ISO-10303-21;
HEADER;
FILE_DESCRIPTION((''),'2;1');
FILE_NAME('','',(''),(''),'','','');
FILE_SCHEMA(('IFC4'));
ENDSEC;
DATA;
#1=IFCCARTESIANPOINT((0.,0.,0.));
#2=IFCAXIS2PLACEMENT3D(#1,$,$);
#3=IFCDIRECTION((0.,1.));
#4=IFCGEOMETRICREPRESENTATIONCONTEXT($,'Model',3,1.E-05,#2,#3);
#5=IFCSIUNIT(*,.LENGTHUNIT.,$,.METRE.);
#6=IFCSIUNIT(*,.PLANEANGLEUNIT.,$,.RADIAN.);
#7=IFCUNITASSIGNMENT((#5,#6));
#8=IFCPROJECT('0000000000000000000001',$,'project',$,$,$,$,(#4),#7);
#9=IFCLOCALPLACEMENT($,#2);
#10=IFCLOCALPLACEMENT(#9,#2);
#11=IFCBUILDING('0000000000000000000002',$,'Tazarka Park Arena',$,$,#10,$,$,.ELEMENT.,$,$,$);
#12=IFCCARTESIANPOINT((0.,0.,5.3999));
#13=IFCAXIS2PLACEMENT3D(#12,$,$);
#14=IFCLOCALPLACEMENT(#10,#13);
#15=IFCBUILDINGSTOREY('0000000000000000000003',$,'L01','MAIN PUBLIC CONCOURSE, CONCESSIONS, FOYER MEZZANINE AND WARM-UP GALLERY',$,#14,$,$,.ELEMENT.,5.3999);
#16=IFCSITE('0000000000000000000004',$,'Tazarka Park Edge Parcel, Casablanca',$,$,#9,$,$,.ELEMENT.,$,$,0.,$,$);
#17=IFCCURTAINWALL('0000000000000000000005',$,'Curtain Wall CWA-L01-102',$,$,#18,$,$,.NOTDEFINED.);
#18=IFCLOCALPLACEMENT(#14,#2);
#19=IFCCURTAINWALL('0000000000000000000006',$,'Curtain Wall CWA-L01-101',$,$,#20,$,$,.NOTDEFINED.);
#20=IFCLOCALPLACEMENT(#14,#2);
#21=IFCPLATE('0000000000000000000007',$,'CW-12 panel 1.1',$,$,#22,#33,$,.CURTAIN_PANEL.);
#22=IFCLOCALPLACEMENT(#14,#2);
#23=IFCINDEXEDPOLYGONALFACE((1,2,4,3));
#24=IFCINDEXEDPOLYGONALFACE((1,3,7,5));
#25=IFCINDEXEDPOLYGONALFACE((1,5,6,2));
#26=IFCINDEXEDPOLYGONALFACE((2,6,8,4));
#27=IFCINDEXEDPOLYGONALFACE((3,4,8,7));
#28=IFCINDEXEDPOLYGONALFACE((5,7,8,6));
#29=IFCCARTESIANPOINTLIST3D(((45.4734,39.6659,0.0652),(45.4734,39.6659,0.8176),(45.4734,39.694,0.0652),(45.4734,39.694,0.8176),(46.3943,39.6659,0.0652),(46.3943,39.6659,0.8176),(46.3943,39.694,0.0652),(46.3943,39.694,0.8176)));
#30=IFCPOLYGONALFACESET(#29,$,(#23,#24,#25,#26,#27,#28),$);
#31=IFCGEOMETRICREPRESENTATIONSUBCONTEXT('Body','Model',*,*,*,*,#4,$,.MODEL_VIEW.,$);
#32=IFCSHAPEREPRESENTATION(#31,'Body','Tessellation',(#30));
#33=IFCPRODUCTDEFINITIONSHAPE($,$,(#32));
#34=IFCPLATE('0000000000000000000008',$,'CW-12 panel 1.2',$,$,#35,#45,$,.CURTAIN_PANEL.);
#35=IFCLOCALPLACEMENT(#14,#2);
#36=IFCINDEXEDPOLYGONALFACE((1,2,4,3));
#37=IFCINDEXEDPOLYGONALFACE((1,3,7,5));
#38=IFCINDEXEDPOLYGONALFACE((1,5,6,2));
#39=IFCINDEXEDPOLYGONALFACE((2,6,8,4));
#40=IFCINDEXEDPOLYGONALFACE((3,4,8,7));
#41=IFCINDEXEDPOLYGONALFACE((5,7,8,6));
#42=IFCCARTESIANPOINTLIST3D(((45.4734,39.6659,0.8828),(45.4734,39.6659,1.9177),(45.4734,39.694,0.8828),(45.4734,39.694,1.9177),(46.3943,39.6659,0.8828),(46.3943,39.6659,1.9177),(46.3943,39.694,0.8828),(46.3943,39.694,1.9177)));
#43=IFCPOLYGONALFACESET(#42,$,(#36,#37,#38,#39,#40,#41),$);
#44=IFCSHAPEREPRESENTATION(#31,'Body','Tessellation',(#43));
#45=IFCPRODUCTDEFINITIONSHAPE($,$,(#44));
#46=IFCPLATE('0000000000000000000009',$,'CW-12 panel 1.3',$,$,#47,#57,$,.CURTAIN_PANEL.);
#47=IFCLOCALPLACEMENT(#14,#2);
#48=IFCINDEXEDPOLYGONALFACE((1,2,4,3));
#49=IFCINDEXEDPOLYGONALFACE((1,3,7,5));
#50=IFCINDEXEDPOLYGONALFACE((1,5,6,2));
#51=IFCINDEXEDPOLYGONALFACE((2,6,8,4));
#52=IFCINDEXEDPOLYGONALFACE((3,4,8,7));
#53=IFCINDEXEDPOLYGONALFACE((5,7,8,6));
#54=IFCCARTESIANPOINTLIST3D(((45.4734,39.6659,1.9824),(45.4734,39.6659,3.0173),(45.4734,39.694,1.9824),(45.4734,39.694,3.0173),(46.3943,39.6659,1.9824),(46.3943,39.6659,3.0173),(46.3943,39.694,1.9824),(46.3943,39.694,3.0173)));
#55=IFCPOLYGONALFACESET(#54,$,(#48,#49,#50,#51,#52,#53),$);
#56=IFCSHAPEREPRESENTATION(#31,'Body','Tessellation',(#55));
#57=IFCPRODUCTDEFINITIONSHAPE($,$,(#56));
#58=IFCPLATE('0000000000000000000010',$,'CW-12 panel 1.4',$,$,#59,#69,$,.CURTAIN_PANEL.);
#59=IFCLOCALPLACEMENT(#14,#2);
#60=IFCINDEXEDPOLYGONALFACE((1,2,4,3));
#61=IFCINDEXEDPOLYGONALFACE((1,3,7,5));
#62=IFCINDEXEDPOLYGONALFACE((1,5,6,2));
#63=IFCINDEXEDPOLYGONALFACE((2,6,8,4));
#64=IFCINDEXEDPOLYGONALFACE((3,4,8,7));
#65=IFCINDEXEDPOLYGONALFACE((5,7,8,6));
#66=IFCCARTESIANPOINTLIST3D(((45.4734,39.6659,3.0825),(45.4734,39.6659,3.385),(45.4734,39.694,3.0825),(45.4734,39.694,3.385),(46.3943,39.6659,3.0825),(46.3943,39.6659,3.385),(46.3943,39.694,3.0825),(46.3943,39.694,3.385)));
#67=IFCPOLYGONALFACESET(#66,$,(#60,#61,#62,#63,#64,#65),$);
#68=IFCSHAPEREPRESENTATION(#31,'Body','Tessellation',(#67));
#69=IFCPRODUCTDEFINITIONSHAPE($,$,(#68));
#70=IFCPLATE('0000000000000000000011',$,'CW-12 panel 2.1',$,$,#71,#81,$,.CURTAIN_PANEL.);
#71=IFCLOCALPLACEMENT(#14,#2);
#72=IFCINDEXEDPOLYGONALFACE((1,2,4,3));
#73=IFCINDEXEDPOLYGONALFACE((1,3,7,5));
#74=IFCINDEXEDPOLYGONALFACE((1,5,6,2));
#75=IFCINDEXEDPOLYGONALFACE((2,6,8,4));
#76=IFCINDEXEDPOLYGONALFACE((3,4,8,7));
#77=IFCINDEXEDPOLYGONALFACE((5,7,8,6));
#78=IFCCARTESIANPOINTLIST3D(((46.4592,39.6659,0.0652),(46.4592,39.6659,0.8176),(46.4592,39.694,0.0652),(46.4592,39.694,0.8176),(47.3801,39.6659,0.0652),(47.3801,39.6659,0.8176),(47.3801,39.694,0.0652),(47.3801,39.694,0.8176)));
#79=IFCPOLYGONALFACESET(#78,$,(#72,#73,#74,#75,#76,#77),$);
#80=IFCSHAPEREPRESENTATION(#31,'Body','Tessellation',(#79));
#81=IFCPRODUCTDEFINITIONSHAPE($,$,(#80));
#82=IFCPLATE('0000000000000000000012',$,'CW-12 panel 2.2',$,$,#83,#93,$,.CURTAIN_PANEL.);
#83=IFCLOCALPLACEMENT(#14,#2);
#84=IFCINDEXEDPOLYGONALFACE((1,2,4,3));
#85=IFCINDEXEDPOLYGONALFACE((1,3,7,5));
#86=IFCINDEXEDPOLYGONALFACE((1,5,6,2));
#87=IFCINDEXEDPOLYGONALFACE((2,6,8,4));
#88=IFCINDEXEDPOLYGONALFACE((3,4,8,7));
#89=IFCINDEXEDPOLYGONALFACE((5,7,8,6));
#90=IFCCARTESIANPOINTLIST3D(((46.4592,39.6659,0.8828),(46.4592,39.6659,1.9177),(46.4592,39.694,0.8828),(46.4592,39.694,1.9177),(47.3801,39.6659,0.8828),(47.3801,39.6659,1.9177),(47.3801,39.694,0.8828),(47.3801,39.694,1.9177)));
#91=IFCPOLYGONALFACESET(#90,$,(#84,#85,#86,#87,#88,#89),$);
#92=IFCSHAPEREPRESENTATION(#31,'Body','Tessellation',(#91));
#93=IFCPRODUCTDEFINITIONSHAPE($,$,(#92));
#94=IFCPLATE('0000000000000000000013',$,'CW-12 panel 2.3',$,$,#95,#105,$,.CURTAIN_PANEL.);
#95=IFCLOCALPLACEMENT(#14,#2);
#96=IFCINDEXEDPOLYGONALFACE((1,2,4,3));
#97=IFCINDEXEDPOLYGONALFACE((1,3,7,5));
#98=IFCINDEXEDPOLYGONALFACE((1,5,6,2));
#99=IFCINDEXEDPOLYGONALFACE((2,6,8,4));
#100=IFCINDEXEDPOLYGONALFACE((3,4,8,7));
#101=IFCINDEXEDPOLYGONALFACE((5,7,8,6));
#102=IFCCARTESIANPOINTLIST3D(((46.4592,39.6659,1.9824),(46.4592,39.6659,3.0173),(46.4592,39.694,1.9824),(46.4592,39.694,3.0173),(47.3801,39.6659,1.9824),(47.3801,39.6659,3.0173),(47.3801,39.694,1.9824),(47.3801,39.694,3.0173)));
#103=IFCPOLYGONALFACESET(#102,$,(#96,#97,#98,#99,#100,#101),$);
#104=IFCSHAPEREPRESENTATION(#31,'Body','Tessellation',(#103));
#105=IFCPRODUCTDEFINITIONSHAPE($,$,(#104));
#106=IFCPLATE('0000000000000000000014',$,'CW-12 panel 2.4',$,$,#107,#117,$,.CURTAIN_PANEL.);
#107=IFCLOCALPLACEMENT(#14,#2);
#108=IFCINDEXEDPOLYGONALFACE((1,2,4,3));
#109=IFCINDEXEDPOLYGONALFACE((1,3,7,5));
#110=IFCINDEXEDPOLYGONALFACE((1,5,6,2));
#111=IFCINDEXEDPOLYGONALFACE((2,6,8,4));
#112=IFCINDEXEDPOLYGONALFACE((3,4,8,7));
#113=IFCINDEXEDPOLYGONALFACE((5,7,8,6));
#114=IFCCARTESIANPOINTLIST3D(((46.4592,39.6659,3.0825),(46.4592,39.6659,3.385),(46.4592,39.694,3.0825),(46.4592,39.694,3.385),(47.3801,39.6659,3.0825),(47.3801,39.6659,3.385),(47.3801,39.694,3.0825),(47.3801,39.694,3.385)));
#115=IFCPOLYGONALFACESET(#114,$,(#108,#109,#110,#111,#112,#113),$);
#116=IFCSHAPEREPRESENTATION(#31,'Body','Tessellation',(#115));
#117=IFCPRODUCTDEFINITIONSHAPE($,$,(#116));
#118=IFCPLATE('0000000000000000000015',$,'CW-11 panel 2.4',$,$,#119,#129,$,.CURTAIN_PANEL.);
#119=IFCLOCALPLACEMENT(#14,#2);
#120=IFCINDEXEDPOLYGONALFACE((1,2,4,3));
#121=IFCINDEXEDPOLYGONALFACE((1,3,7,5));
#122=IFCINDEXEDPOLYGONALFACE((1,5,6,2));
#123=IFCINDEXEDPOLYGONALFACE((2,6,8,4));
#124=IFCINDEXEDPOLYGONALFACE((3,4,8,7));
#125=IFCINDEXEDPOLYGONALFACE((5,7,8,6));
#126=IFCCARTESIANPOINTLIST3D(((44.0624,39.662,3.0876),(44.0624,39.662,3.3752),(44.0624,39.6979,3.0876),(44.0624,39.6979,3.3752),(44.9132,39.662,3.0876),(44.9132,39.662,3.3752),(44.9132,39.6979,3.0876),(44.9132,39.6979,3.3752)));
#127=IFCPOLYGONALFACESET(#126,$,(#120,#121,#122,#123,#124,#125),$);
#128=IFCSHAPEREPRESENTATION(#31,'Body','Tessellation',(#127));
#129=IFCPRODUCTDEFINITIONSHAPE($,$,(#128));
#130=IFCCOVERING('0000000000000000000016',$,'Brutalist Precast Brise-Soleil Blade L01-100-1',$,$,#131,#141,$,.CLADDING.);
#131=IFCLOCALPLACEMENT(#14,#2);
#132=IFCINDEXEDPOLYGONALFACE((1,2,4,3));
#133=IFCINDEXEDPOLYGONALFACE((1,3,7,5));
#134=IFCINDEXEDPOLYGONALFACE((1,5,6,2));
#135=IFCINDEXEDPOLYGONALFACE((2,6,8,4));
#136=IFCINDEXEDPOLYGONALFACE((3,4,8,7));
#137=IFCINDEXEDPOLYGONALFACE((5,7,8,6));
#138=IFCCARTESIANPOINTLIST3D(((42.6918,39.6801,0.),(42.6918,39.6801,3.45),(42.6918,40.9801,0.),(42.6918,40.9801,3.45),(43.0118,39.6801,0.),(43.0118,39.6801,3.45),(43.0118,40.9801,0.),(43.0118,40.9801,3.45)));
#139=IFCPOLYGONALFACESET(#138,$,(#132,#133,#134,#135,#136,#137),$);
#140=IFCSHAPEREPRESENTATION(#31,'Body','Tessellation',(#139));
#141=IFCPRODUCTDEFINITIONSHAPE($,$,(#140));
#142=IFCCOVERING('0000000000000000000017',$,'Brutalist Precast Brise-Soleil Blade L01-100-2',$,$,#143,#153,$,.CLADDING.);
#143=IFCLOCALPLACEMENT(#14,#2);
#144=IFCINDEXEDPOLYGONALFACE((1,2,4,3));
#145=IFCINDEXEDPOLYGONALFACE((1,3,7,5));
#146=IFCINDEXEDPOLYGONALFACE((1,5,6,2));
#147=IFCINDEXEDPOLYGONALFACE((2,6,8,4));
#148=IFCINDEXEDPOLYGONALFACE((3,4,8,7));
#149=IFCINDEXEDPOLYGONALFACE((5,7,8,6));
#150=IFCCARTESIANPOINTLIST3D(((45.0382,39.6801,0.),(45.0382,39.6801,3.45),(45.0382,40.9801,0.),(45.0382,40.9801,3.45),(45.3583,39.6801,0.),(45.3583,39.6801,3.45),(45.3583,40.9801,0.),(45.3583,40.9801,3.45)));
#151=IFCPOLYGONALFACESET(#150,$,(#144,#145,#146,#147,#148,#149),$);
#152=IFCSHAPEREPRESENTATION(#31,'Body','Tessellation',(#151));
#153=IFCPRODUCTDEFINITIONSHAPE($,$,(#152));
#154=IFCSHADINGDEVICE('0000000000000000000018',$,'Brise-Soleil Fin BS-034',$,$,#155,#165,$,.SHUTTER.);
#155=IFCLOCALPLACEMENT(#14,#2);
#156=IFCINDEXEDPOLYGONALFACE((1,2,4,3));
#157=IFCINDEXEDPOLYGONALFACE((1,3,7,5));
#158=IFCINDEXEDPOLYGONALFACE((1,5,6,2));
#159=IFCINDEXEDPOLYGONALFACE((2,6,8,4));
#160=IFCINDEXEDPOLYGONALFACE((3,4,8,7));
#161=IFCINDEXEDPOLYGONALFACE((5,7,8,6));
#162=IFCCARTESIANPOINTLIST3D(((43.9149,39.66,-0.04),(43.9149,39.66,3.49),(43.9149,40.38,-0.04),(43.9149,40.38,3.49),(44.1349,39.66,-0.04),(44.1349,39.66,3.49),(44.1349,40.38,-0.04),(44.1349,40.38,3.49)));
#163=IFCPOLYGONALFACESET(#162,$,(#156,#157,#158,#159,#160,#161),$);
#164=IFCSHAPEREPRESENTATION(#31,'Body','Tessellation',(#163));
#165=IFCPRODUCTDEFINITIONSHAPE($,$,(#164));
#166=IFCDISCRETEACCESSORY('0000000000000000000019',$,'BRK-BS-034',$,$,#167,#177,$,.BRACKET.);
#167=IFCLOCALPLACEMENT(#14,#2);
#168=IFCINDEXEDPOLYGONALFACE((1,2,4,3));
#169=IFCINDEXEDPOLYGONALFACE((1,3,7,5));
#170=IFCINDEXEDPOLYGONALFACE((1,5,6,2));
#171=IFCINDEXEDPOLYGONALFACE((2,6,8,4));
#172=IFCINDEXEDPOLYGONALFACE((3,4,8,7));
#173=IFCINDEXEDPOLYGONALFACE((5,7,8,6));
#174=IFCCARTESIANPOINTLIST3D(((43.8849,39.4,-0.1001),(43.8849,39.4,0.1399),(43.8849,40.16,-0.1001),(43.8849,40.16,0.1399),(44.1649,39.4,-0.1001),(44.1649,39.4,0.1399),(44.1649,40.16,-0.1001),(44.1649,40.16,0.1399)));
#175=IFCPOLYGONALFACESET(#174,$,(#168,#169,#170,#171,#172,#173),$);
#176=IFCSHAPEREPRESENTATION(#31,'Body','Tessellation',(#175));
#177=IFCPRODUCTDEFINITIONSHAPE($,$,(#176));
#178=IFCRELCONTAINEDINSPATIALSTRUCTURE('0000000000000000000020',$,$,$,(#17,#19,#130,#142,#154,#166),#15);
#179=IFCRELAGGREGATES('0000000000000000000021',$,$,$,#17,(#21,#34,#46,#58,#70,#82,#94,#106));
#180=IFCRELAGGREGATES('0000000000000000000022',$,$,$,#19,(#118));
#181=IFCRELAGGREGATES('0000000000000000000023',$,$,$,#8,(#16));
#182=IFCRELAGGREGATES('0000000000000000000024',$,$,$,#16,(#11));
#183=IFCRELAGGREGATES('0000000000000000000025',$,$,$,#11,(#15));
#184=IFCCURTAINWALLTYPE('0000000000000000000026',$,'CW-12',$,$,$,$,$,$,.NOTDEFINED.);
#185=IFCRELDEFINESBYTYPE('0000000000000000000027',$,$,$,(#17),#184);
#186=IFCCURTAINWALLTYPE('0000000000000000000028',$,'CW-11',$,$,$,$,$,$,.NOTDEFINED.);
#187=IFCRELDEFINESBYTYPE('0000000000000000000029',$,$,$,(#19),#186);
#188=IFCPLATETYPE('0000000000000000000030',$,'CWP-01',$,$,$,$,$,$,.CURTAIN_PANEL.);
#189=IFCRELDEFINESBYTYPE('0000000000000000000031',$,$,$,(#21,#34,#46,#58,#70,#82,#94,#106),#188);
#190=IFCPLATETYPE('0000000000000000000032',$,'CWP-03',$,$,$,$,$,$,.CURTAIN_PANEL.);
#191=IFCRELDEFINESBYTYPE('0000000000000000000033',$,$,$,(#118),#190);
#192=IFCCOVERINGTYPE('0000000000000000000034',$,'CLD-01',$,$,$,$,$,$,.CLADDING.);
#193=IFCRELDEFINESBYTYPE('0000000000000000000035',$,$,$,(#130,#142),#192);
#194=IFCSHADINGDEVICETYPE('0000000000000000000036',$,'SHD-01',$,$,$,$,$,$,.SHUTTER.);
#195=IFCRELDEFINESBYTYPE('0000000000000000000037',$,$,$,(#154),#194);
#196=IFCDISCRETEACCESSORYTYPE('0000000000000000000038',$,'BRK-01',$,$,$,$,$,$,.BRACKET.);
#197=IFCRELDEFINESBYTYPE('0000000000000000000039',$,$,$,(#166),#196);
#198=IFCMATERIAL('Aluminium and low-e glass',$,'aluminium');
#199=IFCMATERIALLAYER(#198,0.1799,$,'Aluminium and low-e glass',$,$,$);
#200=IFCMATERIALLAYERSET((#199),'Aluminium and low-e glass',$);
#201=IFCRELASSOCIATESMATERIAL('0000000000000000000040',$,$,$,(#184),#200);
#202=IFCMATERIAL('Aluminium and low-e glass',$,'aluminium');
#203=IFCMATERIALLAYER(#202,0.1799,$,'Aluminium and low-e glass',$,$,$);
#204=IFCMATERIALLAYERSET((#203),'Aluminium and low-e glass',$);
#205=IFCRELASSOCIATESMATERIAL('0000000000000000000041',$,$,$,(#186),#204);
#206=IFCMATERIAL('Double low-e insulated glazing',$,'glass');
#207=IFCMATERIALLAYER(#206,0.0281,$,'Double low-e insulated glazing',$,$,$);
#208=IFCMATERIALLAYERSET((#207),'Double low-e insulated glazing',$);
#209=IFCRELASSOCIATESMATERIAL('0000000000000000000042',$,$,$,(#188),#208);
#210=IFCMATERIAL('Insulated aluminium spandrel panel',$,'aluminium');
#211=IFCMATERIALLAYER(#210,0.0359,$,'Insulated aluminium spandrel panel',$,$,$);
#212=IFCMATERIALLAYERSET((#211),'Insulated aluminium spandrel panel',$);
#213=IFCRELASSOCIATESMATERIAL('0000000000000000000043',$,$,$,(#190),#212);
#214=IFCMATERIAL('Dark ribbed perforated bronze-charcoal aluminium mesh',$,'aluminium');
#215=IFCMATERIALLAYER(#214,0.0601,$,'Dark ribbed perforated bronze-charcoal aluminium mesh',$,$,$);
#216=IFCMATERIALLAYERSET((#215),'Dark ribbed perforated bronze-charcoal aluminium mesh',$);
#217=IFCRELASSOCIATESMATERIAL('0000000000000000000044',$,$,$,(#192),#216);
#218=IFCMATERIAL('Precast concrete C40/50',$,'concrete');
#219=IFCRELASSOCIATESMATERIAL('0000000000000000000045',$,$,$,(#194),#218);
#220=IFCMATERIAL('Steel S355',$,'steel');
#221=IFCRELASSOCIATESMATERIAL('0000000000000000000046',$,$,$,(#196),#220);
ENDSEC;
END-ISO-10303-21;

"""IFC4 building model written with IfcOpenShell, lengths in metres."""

from ifc_helpers import new_model, si_unit, direction, frame, origin, origin_2d, place, context, subcontext, project, spatial, rectangle, extrude, material, layer, layer_set, type_object, element, aggregate, save


model = new_model("IFC4")

# Units and contexts
model_context = context("Model", 3, precision=1e-05, world=origin(), true_north=direction((0.0, 1.0)))
body_context = subcontext(model_context, "Body", "Model", "MODEL_VIEW")
ifc_project = project(units=[si_unit("LENGTHUNIT", "METRE"), si_unit("PLANEANGLEUNIT", "RADIAN")], contexts=[model_context])

# Site, building, storey
site_placement = place(None, origin())
site = spatial("IfcSite", under=ifc_project, at=site_placement, Name="Tazarka Park Edge Parcel, Casablanca", CompositionType="ELEMENT", RefElevation=0.0)
building_placement = place(site_placement, origin())
building = spatial("IfcBuilding", under=site, at=building_placement, Name="Tazarka Park Arena", CompositionType="ELEMENT")
storey_placement = place(building_placement, frame((0.0, 0.0, 5.3999)))
storey = spatial("IfcBuildingStorey", under=building, at=storey_placement, Name="L01", Description="MAIN PUBLIC CONCOURSE, CONCESSIONS, FOYER MEZZANINE AND WARM-UP GALLERY", CompositionType="ELEMENT", Elevation=5.3999)

# Curtain wall
ifc_material_1 = material(Name="Aluminium and low-e glass", Category="aluminium")
ifc_layer_1 = layer(ifc_material_1, 0.1799, Name="Aluminium and low-e glass")
ifc_layer_set_1 = layer_set([ifc_layer_1], Name="Aluminium and low-e glass")
curtain_wall_type_1 = type_object("IfcCurtainWallType", Name="CW-12", PredefinedType="NOTDEFINED", material=ifc_layer_set_1)
curtain_wall_1_placement = place(storey_placement, origin())
curtain_wall_1 = element("IfcCurtainWall", 1, at=curtain_wall_1_placement, inside=storey, type_object=curtain_wall_type_1, Name="Curtain Wall CWA-L01-102", PredefinedType="NOTDEFINED")

# Curtain wall
ifc_material_2 = material(Name="Aluminium and low-e glass", Category="aluminium")
ifc_layer_2 = layer(ifc_material_2, 0.1799, Name="Aluminium and low-e glass")
ifc_layer_set_2 = layer_set([ifc_layer_2], Name="Aluminium and low-e glass")
curtain_wall_type_2 = type_object("IfcCurtainWallType", Name="CW-11", PredefinedType="NOTDEFINED", material=ifc_layer_set_2)
curtain_wall_2_placement = place(storey_placement, origin())
curtain_wall_2 = element("IfcCurtainWall", 2, at=curtain_wall_2_placement, inside=storey, type_object=curtain_wall_type_2, Name="Curtain Wall CWA-L01-101", PredefinedType="NOTDEFINED")

# Plates
ifc_material_3 = material(Name="Double low-e insulated glazing", Category="glass")
ifc_layer_3 = layer(ifc_material_3, 0.0281, Name="Double low-e insulated glazing")
ifc_layer_set_3 = layer_set([ifc_layer_3], Name="Double low-e insulated glazing")
plate_type_1 = type_object("IfcPlateType", Name="CWP-01", PredefinedType="CURTAIN_PANEL", material=ifc_layer_set_3)
plate_1_placement = place(storey_placement, frame((45.9338, 39.6799, 0.0652), z_axis=(0.0, 0.0, 1.0), x_axis=(1.0, 0.0, 0.0)))
plate_1 = element("IfcPlate", 3, at=plate_1_placement, type_object=plate_type_1, Name="CW-12 panel 1.1", PredefinedType="CURTAIN_PANEL", context=body_context, shape_type="SweptSolid", body=[
    extrude(rectangle(XDim=0.9209, YDim=0.0281, at=origin_2d()), origin(), (0.0, 0.0, 1.0), 0.7524),
])
plate_2_placement = place(storey_placement, frame((45.9338, 39.6799, 0.8828), z_axis=(0.0, 0.0, 1.0), x_axis=(1.0, 0.0, 0.0)))
plate_2 = element("IfcPlate", 4, at=plate_2_placement, type_object=plate_type_1, Name="CW-12 panel 1.2", PredefinedType="CURTAIN_PANEL", context=body_context, shape_type="SweptSolid", body=[
    extrude(rectangle(XDim=0.9209, YDim=0.0281, at=origin_2d()), origin(), (0.0, 0.0, 1.0), 1.0349),
])
plate_3_placement = place(storey_placement, frame((45.9338, 39.6799, 1.9824), z_axis=(0.0, 0.0, 1.0), x_axis=(1.0, 0.0, 0.0)))
plate_3 = element("IfcPlate", 5, at=plate_3_placement, type_object=plate_type_1, Name="CW-12 panel 1.3", PredefinedType="CURTAIN_PANEL", context=body_context, shape_type="SweptSolid", body=[
    extrude(rectangle(XDim=0.9209, YDim=0.0281, at=origin_2d()), origin(), (0.0, 0.0, 1.0), 1.0349),
])
plate_4_placement = place(storey_placement, frame((45.9338, 39.6799, 3.0825), z_axis=(0.0, 0.0, 1.0), x_axis=(1.0, 0.0, 0.0)))
plate_4 = element("IfcPlate", 6, at=plate_4_placement, type_object=plate_type_1, Name="CW-12 panel 1.4", PredefinedType="CURTAIN_PANEL", context=body_context, shape_type="SweptSolid", body=[
    extrude(rectangle(XDim=0.9209, YDim=0.0281, at=origin_2d()), origin(), (0.0, 0.0, 1.0), 0.3025),
])
plate_5_placement = place(storey_placement, frame((46.9197, 39.6799, 0.0652), z_axis=(0.0, 0.0, 1.0), x_axis=(1.0, 0.0, 0.0)))
plate_5 = element("IfcPlate", 7, at=plate_5_placement, type_object=plate_type_1, Name="CW-12 panel 2.1", PredefinedType="CURTAIN_PANEL", context=body_context, shape_type="SweptSolid", body=[
    extrude(rectangle(XDim=0.9209, YDim=0.0281, at=origin_2d()), origin(), (0.0, 0.0, 1.0), 0.7524),
])
plate_6_placement = place(storey_placement, frame((46.9197, 39.6799, 0.8828), z_axis=(0.0, 0.0, 1.0), x_axis=(1.0, 0.0, 0.0)))
plate_6 = element("IfcPlate", 8, at=plate_6_placement, type_object=plate_type_1, Name="CW-12 panel 2.2", PredefinedType="CURTAIN_PANEL", context=body_context, shape_type="SweptSolid", body=[
    extrude(rectangle(XDim=0.9209, YDim=0.0281, at=origin_2d()), origin(), (0.0, 0.0, 1.0), 1.0349),
])
plate_7_placement = place(storey_placement, frame((46.9197, 39.6799, 1.9824), z_axis=(0.0, 0.0, 1.0), x_axis=(1.0, 0.0, 0.0)))
plate_7 = element("IfcPlate", 9, at=plate_7_placement, type_object=plate_type_1, Name="CW-12 panel 2.3", PredefinedType="CURTAIN_PANEL", context=body_context, shape_type="SweptSolid", body=[
    extrude(rectangle(XDim=0.9209, YDim=0.0281, at=origin_2d()), origin(), (0.0, 0.0, 1.0), 1.0349),
])
plate_8_placement = place(storey_placement, frame((46.9197, 39.6799, 3.0825), z_axis=(0.0, 0.0, 1.0), x_axis=(1.0, 0.0, 0.0)))
plate_8 = element("IfcPlate", 10, at=plate_8_placement, type_object=plate_type_1, Name="CW-12 panel 2.4", PredefinedType="CURTAIN_PANEL", context=body_context, shape_type="SweptSolid", body=[
    extrude(rectangle(XDim=0.9209, YDim=0.0281, at=origin_2d()), origin(), (0.0, 0.0, 1.0), 0.3025),
])
aggregate(curtain_wall_1, [plate_1, plate_2, plate_3, plate_4, plate_5, plate_6, plate_7, plate_8])
ifc_material_4 = material(Name="Insulated aluminium spandrel panel", Category="aluminium")
ifc_layer_4 = layer(ifc_material_4, 0.0359, Name="Insulated aluminium spandrel panel")
ifc_layer_set_4 = layer_set([ifc_layer_4], Name="Insulated aluminium spandrel panel")
plate_type_2 = type_object("IfcPlateType", Name="CWP-03", PredefinedType="CURTAIN_PANEL", material=ifc_layer_set_4)
plate_9_placement = place(storey_placement, frame((44.4878, 39.6799, 3.0876), z_axis=(0.0, 0.0, 1.0), x_axis=(1.0, 0.0, 0.0)))
plate_9 = element("IfcPlate", 11, at=plate_9_placement, type_object=plate_type_2, Name="CW-11 panel 2.4", PredefinedType="CURTAIN_PANEL", context=body_context, shape_type="SweptSolid", body=[
    extrude(rectangle(XDim=0.8508, YDim=0.0359, at=origin_2d()), origin(), (0.0, 0.0, 1.0), 0.2876),
])
aggregate(curtain_wall_2, [plate_9])

# Coverings
ifc_material_5 = material(Name="Dark ribbed perforated bronze-charcoal aluminium mesh", Category="aluminium")
ifc_layer_5 = layer(ifc_material_5, 0.0601, Name="Dark ribbed perforated bronze-charcoal aluminium mesh")
ifc_layer_set_5 = layer_set([ifc_layer_5], Name="Dark ribbed perforated bronze-charcoal aluminium mesh")
covering_type = type_object("IfcCoveringType", Name="CLD-01", PredefinedType="CLADDING", material=ifc_layer_set_5)
for number, where, z_axis, x_axis, name in (
    (12, (42.8518, 40.3301, 0.0), (0.0, 0.0, 1.0), (1.0, 0.0, 0.0), "Brutalist Precast Brise-Soleil Blade L01-100-1"),
    (13, (45.1982, 40.3301, 0.0), (0.0, 0.0, 1.0), (1.0, 0.0, 0.0), "Brutalist Precast Brise-Soleil Blade L01-100-2"),
):
    element("IfcCovering", number, at=place(storey_placement, frame(where, z_axis=z_axis, x_axis=x_axis)), inside=storey, type_object=covering_type, Name=name, PredefinedType="CLADDING", context=body_context, shape_type="SweptSolid", body=[
        extrude(rectangle(XDim=0.3201, YDim=1.3, at=origin_2d()), origin(), (0.0, 0.0, 1.0), 3.45),
    ])

# Shading device
ifc_material_6 = material(Name="Precast concrete C40/50", Category="concrete")
shading_device_type = type_object("IfcShadingDeviceType", Name="SHD-01", PredefinedType="SHUTTER", material=ifc_material_6)
shading_device_placement = place(storey_placement, frame((44.0249, 40.02, -0.04), z_axis=(0.0, 0.0, 1.0), x_axis=(1.0, 0.0, 0.0)))
element("IfcShadingDevice", 14, at=shading_device_placement, inside=storey, type_object=shading_device_type, Name="Brise-Soleil Fin BS-034", PredefinedType="SHUTTER", context=body_context, shape_type="SweptSolid", body=[
    extrude(rectangle(XDim=0.22, YDim=0.72, at=origin_2d()), origin(), (0.0, 0.0, 1.0), 3.53),
])

# Discrete accessory
ifc_material_7 = material(Name="Steel S355", Category="steel")
discrete_accessory_type = type_object("IfcDiscreteAccessoryType", Name="BRK-01", PredefinedType="BRACKET", material=ifc_material_7)
discrete_accessory_placement = place(storey_placement, frame((44.0249, 39.78, -0.1001), z_axis=(0.0, 0.0, 1.0), x_axis=(1.0, 0.0, 0.0)))
element("IfcDiscreteAccessory", 15, at=discrete_accessory_placement, inside=storey, type_object=discrete_accessory_type, Name="BRK-BS-034", PredefinedType="BRACKET", context=body_context, shape_type="SweptSolid", body=[
    extrude(rectangle(XDim=0.28, YDim=0.76, at=origin_2d()), origin(), (0.0, 0.0, 1.0), 0.24),
])

save(model, "model.ifc")
